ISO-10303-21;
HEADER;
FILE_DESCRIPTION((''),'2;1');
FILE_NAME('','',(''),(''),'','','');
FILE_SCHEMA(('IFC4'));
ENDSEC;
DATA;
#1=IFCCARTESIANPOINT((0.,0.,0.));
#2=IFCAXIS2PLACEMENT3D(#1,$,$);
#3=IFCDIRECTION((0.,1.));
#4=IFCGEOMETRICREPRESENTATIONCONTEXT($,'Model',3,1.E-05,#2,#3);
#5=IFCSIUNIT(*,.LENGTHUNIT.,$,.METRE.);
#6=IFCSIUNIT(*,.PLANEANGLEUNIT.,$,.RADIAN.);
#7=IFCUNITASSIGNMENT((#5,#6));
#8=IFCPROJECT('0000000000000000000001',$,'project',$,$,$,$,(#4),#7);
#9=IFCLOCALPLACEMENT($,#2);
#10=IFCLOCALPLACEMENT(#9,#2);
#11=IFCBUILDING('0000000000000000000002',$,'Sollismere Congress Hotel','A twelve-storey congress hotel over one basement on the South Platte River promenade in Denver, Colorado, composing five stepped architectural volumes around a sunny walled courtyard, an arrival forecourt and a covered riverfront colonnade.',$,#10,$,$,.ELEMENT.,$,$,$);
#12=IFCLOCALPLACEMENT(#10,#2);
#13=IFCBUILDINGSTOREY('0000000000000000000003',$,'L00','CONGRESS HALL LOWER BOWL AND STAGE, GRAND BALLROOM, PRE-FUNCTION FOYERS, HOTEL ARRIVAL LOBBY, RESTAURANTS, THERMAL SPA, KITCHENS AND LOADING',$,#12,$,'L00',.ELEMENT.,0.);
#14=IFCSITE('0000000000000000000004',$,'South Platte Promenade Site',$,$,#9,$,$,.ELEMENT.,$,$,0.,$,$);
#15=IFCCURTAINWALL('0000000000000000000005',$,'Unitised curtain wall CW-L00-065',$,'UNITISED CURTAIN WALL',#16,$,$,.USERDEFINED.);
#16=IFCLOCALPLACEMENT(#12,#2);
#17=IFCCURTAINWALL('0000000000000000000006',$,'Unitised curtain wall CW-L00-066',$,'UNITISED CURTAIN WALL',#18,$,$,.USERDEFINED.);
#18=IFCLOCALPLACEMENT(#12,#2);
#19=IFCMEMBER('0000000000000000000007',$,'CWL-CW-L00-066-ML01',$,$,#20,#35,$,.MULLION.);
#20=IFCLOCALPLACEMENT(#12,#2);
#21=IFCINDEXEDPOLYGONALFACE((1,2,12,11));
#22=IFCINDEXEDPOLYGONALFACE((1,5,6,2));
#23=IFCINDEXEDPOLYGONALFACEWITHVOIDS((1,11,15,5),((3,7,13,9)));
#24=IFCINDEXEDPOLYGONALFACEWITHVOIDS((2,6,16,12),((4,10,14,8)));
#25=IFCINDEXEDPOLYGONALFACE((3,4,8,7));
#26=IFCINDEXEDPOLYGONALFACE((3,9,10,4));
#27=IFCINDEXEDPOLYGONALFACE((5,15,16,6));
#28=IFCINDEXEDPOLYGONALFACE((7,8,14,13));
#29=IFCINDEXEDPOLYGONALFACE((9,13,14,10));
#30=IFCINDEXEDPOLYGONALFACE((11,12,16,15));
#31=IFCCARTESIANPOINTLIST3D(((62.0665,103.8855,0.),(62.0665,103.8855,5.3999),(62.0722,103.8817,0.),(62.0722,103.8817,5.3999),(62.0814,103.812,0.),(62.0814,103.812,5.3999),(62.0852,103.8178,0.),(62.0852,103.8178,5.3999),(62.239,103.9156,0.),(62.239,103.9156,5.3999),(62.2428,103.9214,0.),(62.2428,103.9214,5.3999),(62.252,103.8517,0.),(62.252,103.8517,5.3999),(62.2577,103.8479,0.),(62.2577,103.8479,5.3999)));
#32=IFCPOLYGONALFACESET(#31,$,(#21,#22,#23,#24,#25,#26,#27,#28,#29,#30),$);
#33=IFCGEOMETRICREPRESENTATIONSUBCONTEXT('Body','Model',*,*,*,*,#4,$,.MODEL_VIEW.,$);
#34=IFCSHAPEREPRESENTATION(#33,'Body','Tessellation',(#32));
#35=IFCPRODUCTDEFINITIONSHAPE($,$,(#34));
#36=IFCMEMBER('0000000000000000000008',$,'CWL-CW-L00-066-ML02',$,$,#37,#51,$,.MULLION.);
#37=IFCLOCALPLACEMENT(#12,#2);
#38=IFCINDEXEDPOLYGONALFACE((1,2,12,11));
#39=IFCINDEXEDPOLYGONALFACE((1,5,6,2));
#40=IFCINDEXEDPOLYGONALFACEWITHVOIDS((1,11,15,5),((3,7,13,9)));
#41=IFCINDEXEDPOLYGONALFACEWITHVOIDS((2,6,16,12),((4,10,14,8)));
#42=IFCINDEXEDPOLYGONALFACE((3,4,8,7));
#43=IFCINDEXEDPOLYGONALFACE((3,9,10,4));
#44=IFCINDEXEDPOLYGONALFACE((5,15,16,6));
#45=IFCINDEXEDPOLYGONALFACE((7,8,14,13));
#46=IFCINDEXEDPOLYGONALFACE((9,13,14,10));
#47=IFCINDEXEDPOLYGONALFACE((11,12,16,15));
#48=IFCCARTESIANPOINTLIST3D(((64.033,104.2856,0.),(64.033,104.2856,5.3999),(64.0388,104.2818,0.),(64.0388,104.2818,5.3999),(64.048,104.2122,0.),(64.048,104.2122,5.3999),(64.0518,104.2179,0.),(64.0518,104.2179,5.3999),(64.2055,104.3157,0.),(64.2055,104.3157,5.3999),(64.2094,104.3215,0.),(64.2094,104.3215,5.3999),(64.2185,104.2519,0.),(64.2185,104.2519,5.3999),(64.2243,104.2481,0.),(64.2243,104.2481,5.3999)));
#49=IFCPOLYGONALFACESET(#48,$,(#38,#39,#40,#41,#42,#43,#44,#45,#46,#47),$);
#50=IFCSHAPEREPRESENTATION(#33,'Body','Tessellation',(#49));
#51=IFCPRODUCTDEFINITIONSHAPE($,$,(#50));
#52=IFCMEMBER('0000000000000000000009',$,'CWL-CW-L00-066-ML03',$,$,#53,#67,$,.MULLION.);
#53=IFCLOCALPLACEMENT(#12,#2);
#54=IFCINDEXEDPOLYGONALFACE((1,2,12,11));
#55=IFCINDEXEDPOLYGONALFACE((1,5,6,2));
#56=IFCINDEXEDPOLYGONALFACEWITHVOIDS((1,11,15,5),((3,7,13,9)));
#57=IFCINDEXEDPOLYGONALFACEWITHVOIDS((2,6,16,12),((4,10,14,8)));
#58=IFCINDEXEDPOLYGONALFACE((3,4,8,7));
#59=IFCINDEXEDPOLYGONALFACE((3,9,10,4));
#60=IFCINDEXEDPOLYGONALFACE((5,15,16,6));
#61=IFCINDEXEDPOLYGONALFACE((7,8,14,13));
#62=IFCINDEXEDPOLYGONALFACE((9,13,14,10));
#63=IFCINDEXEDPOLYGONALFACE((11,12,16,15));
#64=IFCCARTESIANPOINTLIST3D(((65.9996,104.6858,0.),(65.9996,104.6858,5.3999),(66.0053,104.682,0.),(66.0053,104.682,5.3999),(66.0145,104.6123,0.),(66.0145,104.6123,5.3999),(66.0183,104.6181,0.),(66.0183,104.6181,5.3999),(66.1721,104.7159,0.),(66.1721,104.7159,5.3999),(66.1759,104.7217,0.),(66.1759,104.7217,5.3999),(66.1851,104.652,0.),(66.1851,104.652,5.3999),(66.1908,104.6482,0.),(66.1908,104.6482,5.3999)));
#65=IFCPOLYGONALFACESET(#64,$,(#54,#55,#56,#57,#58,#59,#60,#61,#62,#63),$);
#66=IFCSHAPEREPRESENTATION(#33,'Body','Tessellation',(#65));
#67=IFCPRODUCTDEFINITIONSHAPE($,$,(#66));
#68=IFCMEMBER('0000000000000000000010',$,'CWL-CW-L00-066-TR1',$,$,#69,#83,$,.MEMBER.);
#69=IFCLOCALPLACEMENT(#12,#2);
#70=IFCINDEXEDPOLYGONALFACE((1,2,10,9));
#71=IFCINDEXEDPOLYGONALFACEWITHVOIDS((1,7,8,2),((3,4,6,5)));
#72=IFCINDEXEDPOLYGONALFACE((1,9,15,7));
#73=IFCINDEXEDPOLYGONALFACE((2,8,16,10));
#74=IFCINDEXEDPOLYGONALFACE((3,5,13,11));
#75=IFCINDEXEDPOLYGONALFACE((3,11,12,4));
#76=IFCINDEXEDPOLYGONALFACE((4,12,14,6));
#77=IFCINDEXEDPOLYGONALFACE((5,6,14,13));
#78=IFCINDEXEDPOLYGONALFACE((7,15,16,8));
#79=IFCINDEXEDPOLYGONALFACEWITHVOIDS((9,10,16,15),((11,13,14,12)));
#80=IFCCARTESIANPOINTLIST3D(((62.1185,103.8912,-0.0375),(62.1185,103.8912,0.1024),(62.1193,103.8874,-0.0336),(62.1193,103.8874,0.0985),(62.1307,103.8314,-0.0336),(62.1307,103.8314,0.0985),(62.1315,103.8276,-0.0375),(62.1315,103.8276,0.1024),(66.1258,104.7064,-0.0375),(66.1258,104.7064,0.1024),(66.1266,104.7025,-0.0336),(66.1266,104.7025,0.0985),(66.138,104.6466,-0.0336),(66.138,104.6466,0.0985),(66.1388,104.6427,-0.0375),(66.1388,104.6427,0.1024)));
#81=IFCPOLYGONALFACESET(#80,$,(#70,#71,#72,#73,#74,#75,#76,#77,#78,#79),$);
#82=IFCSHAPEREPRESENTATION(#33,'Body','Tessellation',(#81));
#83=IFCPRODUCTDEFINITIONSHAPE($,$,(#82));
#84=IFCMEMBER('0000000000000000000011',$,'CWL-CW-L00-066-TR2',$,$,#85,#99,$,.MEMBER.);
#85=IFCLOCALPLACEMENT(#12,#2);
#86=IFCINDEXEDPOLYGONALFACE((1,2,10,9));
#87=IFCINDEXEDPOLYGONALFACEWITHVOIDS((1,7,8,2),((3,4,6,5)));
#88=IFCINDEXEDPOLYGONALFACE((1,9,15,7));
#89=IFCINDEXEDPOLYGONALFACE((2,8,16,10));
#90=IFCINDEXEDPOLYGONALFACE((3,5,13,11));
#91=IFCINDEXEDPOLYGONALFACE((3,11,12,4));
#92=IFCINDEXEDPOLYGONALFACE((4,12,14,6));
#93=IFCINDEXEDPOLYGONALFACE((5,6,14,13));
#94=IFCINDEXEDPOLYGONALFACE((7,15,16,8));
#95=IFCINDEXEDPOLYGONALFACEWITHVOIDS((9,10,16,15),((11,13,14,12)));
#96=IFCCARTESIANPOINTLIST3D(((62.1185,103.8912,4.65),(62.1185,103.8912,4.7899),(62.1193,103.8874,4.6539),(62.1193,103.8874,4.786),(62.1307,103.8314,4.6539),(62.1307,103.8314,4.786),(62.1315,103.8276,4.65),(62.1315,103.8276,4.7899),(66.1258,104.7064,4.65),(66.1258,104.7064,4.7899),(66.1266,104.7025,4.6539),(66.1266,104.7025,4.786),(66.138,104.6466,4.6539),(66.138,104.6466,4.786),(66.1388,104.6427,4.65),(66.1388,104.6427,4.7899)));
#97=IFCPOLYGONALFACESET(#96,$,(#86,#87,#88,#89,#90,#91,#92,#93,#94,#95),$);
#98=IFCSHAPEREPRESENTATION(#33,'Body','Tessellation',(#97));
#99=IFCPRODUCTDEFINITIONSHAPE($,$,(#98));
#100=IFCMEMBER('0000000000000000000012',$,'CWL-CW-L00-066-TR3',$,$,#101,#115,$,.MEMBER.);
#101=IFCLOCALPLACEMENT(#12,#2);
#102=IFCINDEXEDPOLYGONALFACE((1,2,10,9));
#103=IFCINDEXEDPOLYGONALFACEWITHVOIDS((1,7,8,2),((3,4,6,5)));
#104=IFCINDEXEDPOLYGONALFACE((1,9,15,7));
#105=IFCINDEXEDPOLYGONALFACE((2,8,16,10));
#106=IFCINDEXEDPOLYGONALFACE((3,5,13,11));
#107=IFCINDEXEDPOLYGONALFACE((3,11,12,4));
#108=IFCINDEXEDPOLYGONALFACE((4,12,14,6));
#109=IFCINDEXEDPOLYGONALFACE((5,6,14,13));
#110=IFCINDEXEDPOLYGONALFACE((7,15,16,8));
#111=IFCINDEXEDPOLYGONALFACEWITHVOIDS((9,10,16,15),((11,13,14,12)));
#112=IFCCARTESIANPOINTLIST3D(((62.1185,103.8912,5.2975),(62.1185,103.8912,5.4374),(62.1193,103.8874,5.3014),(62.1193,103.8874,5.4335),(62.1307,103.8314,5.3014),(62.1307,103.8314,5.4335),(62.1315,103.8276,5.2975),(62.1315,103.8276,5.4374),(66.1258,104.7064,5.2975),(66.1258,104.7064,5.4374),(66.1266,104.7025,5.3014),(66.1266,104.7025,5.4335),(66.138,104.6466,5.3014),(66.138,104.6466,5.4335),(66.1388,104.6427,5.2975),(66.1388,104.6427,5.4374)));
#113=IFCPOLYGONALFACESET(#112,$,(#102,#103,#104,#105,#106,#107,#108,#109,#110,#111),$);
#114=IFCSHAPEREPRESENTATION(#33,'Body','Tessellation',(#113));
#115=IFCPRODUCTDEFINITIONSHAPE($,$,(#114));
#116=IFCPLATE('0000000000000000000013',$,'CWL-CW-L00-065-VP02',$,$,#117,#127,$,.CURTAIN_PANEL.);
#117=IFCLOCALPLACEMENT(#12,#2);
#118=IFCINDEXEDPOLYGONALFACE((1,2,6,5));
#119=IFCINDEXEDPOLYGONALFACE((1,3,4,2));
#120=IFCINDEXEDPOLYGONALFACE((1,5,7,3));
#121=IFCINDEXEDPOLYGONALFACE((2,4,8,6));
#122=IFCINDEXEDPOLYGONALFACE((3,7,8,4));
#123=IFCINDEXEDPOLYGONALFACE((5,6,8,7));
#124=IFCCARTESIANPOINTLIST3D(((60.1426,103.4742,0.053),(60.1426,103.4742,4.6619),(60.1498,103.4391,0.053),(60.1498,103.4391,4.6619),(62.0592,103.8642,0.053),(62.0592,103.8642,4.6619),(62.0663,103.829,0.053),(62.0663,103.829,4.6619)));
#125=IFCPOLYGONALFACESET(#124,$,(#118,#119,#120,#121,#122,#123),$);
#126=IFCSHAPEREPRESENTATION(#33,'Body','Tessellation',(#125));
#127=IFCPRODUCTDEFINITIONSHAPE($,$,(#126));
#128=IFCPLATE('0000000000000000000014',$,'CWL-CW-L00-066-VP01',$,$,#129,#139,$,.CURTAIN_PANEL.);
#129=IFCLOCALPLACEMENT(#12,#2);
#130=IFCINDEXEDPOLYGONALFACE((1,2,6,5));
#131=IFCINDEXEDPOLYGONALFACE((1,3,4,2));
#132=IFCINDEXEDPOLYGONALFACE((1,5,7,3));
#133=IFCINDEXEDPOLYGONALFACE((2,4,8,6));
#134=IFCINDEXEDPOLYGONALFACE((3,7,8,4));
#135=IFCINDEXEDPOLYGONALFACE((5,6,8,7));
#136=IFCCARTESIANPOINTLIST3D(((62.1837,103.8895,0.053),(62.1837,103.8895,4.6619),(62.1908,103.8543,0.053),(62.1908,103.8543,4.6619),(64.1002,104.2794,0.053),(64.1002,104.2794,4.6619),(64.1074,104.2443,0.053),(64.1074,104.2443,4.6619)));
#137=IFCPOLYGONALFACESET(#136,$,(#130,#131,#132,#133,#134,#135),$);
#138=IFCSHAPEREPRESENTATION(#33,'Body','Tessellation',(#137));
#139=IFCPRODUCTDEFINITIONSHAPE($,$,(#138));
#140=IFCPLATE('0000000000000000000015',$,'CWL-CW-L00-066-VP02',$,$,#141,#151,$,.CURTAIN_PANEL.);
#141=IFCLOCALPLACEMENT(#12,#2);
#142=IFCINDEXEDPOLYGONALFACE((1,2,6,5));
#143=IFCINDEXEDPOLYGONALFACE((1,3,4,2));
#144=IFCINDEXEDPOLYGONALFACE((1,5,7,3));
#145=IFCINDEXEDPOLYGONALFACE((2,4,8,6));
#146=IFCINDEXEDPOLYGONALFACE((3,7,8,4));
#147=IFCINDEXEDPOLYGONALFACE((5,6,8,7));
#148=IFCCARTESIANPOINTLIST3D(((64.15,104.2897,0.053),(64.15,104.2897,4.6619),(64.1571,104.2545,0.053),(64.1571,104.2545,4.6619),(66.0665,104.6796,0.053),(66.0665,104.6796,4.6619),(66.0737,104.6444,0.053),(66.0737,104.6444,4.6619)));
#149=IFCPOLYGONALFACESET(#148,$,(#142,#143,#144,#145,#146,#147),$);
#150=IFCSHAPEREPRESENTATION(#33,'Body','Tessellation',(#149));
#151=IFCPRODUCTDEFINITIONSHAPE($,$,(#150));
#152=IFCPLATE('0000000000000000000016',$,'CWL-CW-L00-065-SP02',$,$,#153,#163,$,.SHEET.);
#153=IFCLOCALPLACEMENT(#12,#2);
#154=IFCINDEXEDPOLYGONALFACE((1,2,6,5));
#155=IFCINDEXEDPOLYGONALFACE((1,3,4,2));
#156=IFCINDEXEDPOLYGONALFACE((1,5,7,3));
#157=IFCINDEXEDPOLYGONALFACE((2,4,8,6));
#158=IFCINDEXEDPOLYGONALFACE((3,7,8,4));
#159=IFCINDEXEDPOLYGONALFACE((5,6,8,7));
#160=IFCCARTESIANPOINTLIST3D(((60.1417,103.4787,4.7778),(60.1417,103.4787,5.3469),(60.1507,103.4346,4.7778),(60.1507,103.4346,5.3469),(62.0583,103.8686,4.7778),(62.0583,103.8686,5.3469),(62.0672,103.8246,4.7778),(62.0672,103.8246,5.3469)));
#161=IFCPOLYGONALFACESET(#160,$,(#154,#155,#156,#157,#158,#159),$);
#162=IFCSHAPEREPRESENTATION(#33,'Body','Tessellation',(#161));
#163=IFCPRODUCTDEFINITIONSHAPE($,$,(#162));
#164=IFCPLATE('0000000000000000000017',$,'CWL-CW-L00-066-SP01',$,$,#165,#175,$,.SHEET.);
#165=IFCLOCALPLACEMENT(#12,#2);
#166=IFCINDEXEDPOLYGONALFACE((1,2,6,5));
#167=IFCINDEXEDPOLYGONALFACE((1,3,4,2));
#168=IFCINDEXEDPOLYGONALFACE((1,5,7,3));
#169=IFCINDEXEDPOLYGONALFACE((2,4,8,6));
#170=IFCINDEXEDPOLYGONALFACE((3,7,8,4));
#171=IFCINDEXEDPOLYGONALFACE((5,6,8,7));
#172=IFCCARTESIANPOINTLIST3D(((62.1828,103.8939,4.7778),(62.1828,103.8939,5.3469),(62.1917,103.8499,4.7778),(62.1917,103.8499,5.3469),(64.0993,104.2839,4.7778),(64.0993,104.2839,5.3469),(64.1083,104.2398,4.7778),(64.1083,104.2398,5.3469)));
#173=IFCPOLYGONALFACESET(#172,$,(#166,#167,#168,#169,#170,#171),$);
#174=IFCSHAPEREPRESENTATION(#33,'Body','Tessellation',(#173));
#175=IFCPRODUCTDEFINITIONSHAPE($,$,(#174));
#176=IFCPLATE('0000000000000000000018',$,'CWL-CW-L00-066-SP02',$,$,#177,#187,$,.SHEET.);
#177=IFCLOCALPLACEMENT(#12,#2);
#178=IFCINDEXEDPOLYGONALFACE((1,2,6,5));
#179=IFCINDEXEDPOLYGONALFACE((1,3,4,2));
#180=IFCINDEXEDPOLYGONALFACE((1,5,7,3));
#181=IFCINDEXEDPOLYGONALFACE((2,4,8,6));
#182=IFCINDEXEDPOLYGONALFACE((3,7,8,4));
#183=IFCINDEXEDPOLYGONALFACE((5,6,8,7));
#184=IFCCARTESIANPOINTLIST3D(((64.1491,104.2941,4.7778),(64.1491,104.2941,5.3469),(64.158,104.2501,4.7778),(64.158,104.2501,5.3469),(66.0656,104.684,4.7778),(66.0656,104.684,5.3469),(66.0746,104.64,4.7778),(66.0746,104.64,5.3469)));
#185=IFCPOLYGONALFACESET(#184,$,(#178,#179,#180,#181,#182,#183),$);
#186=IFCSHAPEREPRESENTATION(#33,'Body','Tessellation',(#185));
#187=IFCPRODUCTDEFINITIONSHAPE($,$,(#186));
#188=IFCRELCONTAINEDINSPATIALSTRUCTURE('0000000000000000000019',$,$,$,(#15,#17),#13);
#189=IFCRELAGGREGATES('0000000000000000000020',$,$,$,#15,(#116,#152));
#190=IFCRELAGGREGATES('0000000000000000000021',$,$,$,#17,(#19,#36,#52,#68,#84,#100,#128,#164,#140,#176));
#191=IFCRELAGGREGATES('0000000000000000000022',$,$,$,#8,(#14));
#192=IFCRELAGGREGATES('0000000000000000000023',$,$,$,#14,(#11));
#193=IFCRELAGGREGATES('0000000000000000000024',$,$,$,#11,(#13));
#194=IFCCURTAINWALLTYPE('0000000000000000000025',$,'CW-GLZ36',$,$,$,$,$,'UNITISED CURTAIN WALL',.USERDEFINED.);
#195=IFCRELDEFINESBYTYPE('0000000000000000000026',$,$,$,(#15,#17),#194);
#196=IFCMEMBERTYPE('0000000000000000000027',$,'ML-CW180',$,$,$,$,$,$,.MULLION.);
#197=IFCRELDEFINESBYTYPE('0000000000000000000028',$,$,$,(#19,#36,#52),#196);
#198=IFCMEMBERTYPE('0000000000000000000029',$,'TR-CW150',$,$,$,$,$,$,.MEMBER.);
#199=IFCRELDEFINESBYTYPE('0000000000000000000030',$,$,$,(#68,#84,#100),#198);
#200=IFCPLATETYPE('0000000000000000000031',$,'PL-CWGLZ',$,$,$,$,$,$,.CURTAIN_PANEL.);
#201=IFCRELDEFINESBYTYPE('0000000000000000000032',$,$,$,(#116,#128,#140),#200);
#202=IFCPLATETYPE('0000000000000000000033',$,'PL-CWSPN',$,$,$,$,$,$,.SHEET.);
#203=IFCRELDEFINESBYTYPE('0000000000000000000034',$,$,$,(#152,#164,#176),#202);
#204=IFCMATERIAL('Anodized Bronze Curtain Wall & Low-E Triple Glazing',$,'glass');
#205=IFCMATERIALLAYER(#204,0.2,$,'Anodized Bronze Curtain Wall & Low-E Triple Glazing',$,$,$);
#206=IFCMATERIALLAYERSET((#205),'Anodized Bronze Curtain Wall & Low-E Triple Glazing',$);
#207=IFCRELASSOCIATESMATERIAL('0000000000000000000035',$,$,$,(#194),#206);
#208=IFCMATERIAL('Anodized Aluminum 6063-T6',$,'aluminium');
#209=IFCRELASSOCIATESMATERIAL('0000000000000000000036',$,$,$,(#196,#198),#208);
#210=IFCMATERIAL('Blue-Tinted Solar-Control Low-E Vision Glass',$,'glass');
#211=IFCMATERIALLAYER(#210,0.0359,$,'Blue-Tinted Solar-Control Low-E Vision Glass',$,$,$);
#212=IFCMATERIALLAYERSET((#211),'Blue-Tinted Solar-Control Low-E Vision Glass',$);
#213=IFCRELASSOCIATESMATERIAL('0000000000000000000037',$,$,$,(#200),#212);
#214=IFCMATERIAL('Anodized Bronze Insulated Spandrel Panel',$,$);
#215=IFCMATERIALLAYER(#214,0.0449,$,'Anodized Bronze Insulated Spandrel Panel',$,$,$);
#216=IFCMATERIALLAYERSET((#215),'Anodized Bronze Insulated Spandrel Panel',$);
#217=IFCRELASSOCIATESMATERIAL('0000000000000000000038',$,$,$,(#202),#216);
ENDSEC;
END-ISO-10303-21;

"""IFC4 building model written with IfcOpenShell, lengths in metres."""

from ifc_helpers import new_model, si_unit, direction, frame, origin, origin_2d, place, context, subcontext, project, spatial, rectangle, hollow_rectangle, extrude, material, layer, layer_set, material_profile, profile_set, type_object, element, aggregate, save


model = new_model("IFC4")

# Units and contexts
model_context = context("Model", 3, precision=1e-05, world=origin(), true_north=direction((0.0, 1.0)))
body_context = subcontext(model_context, "Body", "Model", "MODEL_VIEW")
ifc_project = project(units=[si_unit("LENGTHUNIT", "METRE"), si_unit("PLANEANGLEUNIT", "RADIAN")], contexts=[model_context])

# Site, building, storey
site_placement = place(None, origin())
site = spatial("IfcSite", under=ifc_project, at=site_placement, Name="South Platte Promenade Site", CompositionType="ELEMENT", RefElevation=0.0)
building_placement = place(site_placement, origin())
building = spatial("IfcBuilding", under=site, at=building_placement, Name="Sollismere Congress Hotel", Description="A twelve-storey congress hotel over one basement on the South Platte River promenade in Denver, Colorado, composing five stepped architectural volumes around a sunny walled courtyard, an arrival forecourt and a covered riverfront colonnade.", CompositionType="ELEMENT")
storey_placement = place(building_placement, origin())
storey = spatial("IfcBuildingStorey", under=building, at=storey_placement, Name="L00", Description="CONGRESS HALL LOWER BOWL AND STAGE, GRAND BALLROOM, PRE-FUNCTION FOYERS, HOTEL ARRIVAL LOBBY, RESTAURANTS, THERMAL SPA, KITCHENS AND LOADING", LongName="L00", CompositionType="ELEMENT", Elevation=0.0)

# Curtain wall
ifc_material_1 = material(Name="Anodized Bronze Curtain Wall & Low-E Triple Glazing", Category="glass")
ifc_layer_1 = layer(ifc_material_1, 0.2, Name="Anodized Bronze Curtain Wall & Low-E Triple Glazing")
ifc_layer_set_1 = layer_set([ifc_layer_1], Name="Anodized Bronze Curtain Wall & Low-E Triple Glazing")
curtain_wall_type = type_object("IfcCurtainWallType", Name="CW-GLZ36", ElementType="UNITISED CURTAIN WALL", PredefinedType="USERDEFINED", material=ifc_layer_set_1)
curtain_wall_1_placement = place(storey_placement, origin())
curtain_wall_1 = element("IfcCurtainWall", 1, at=curtain_wall_1_placement, inside=storey, type_object=curtain_wall_type, Name="Unitised curtain wall CW-L00-065", ObjectType="UNITISED CURTAIN WALL", PredefinedType="USERDEFINED")
ifc_material_2 = material(Name="Anodized Aluminum 6063-T6", Category="aluminium")
ifc_material_profile_1 = material_profile(ifc_material_2, hollow_rectangle(XDim=0.075, YDim=0.1799, WallThickness=0.0049, at=origin_2d()), Name="ALU180X75X5")
ifc_profile_set_1 = profile_set([ifc_material_profile_1], Name="Anodized Aluminum 6063-T6")
member_type_1 = type_object("IfcMemberType", Name="ML-CW180", PredefinedType="MULLION", material=ifc_profile_set_1)

# Curtain wall, members
curtain_wall_2_placement = place(storey_placement, origin())
curtain_wall_2 = element("IfcCurtainWall", 2, at=curtain_wall_2_placement, inside=storey, type_object=curtain_wall_type, Name="Unitised curtain wall CW-L00-066", ObjectType="UNITISED CURTAIN WALL", PredefinedType="USERDEFINED")
member_1_placement = place(storey_placement, frame((62.1621, 103.8667, 0.0), z_axis=(0.0, 0.0, 1.0), x_axis=(-0.199368, 0.979925, 0.0)))
member_1 = element("IfcMember", 3, at=member_1_placement, type_object=member_type_1, Name="CWL-CW-L00-066-ML01", PredefinedType="MULLION", context=body_context, shape_type="SweptSolid", body=[
    extrude(hollow_rectangle(XDim=0.075, YDim=0.1799, WallThickness=0.0049, at=origin_2d()), origin(), (0.0, 0.0, 1.0), 5.3999),
])
member_2_placement = place(storey_placement, frame((64.1287, 104.2668, 0.0), z_axis=(0.0, 0.0, 1.0), x_axis=(-0.199368, 0.979925, 0.0)))
member_2 = element("IfcMember", 4, at=member_2_placement, type_object=member_type_1, Name="CWL-CW-L00-066-ML02", PredefinedType="MULLION", context=body_context, shape_type="SweptSolid", body=[
    extrude(hollow_rectangle(XDim=0.075, YDim=0.1799, WallThickness=0.0049, at=origin_2d()), origin(), (0.0, 0.0, 1.0), 5.3999),
])
member_3_placement = place(storey_placement, frame((66.0952, 104.667, 0.0), z_axis=(0.0, 0.0, 1.0), x_axis=(-0.199368, 0.979925, 0.0)))
member_3 = element("IfcMember", 5, at=member_3_placement, type_object=member_type_1, Name="CWL-CW-L00-066-ML03", PredefinedType="MULLION", context=body_context, shape_type="SweptSolid", body=[
    extrude(hollow_rectangle(XDim=0.075, YDim=0.1799, WallThickness=0.0049, at=origin_2d()), origin(), (0.0, 0.0, 1.0), 5.3999),
])
ifc_material_profile_2 = material_profile(ifc_material_2, hollow_rectangle(XDim=0.0649, YDim=0.1399, WallThickness=0.0039, at=origin_2d()), Name="ALU140X65X4")
ifc_profile_set_2 = profile_set([ifc_material_profile_2], Name="Anodized Aluminum 6063-T6")
member_type_2 = type_object("IfcMemberType", Name="TR-CW150", PredefinedType="MEMBER", material=ifc_profile_set_2)
member_4_placement = place(storey_placement, frame((62.125, 103.8594, 0.0325), z_axis=(0.97993, 0.199341, 0.0), x_axis=(-0.199341, 0.97993, 0.0)))
member_4 = element("IfcMember", 6, at=member_4_placement, type_object=member_type_2, Name="CWL-CW-L00-066-TR1", PredefinedType="MEMBER", context=body_context, shape_type="SweptSolid", body=[
    extrude(hollow_rectangle(XDim=0.0649, YDim=0.1399, WallThickness=0.0039, at=origin_2d()), origin(), (0.0, 0.0, 1.0), 4.0894),
])
member_5_placement = place(storey_placement, frame((62.125, 103.8594, 4.72), z_axis=(0.97993, 0.199341, 0.0), x_axis=(-0.199341, 0.97993, 0.0)))
member_5 = element("IfcMember", 7, at=member_5_placement, type_object=member_type_2, Name="CWL-CW-L00-066-TR2", PredefinedType="MEMBER", context=body_context, shape_type="SweptSolid", body=[
    extrude(hollow_rectangle(XDim=0.0649, YDim=0.1399, WallThickness=0.0039, at=origin_2d()), origin(), (0.0, 0.0, 1.0), 4.0894),
])
member_6_placement = place(storey_placement, frame((62.125, 103.8594, 5.3674), z_axis=(0.97993, 0.199341, 0.0), x_axis=(-0.199341, 0.97993, 0.0)))
member_6 = element("IfcMember", 8, at=member_6_placement, type_object=member_type_2, Name="CWL-CW-L00-066-TR3", PredefinedType="MEMBER", context=body_context, shape_type="SweptSolid", body=[
    extrude(hollow_rectangle(XDim=0.0649, YDim=0.1399, WallThickness=0.0039, at=origin_2d()), origin(), (0.0, 0.0, 1.0), 4.0894),
])

# Plates
ifc_material_3 = material(Name="Blue-Tinted Solar-Control Low-E Vision Glass", Category="glass")
ifc_layer_2 = layer(ifc_material_3, 0.0359, Name="Blue-Tinted Solar-Control Low-E Vision Glass")
ifc_layer_set_2 = layer_set([ifc_layer_2], Name="Blue-Tinted Solar-Control Low-E Vision Glass")
plate_type_1 = type_object("IfcPlateType", Name="PL-CWGLZ", PredefinedType="CURTAIN_PANEL", material=ifc_layer_set_2)
plate_1_placement = place(storey_placement, frame((61.1045, 103.6516, 0.053), z_axis=(0.0, 0.0, 1.0), x_axis=(0.979925, 0.199368, 0.0)))
plate_1 = element("IfcPlate", 9, at=plate_1_placement, type_object=plate_type_1, Name="CWL-CW-L00-065-VP02", PredefinedType="CURTAIN_PANEL", context=body_context, shape_type="SweptSolid", body=[
    extrude(rectangle(XDim=1.9558, YDim=0.0359, at=origin_2d()), origin(), (0.0, 0.0, 1.0), 4.6089),
])
plate_2_placement = place(storey_placement, frame((63.1455, 104.0669, 0.053), z_axis=(0.0, 0.0, 1.0), x_axis=(0.979925, 0.199368, 0.0)))
plate_2 = element("IfcPlate", 10, at=plate_2_placement, type_object=plate_type_1, Name="CWL-CW-L00-066-VP01", PredefinedType="CURTAIN_PANEL", context=body_context, shape_type="SweptSolid", body=[
    extrude(rectangle(XDim=1.9558, YDim=0.0359, at=origin_2d()), origin(), (0.0, 0.0, 1.0), 4.6089),
])
plate_3_placement = place(storey_placement, frame((65.1118, 104.467, 0.053), z_axis=(0.0, 0.0, 1.0), x_axis=(0.979925, 0.199368, 0.0)))
plate_3 = element("IfcPlate", 11, at=plate_3_placement, type_object=plate_type_1, Name="CWL-CW-L00-066-VP02", PredefinedType="CURTAIN_PANEL", context=body_context, shape_type="SweptSolid", body=[
    extrude(rectangle(XDim=1.9558, YDim=0.0359, at=origin_2d()), origin(), (0.0, 0.0, 1.0), 4.6089),
])
ifc_material_4 = material(Name="Anodized Bronze Insulated Spandrel Panel")
ifc_layer_3 = layer(ifc_material_4, 0.0449, Name="Anodized Bronze Insulated Spandrel Panel")
ifc_layer_set_3 = layer_set([ifc_layer_3], Name="Anodized Bronze Insulated Spandrel Panel")
plate_type_2 = type_object("IfcPlateType", Name="PL-CWSPN", PredefinedType="SHEET", material=ifc_layer_set_3)
plate_4_placement = place(storey_placement, frame((61.1045, 103.6516, 4.7778), z_axis=(0.0, 0.0, 1.0), x_axis=(0.979925, 0.199368, 0.0)))
plate_4 = element("IfcPlate", 12, at=plate_4_placement, type_object=plate_type_2, Name="CWL-CW-L00-065-SP02", PredefinedType="SHEET", context=body_context, shape_type="SweptSolid", body=[
    extrude(rectangle(XDim=1.9558, YDim=0.0449, at=origin_2d()), origin(), (0.0, 0.0, 1.0), 0.5691),
])
aggregate(curtain_wall_1, [plate_1, plate_4])
plate_5_placement = place(storey_placement, frame((63.1455, 104.0669, 4.7778), z_axis=(0.0, 0.0, 1.0), x_axis=(0.979925, 0.199368, 0.0)))
plate_5 = element("IfcPlate", 13, at=plate_5_placement, type_object=plate_type_2, Name="CWL-CW-L00-066-SP01", PredefinedType="SHEET", context=body_context, shape_type="SweptSolid", body=[
    extrude(rectangle(XDim=1.9558, YDim=0.0449, at=origin_2d()), origin(), (0.0, 0.0, 1.0), 0.5691),
])
plate_6_placement = place(storey_placement, frame((65.1118, 104.467, 4.7778), z_axis=(0.0, 0.0, 1.0), x_axis=(0.979925, 0.199368, 0.0)))
plate_6 = element("IfcPlate", 14, at=plate_6_placement, type_object=plate_type_2, Name="CWL-CW-L00-066-SP02", PredefinedType="SHEET", context=body_context, shape_type="SweptSolid", body=[
    extrude(rectangle(XDim=1.9558, YDim=0.0449, at=origin_2d()), origin(), (0.0, 0.0, 1.0), 0.5691),
])
aggregate(curtain_wall_2, [member_1, member_2, member_3, member_4, member_5, member_6, plate_2, plate_5, plate_3, plate_6])

save(model, "model.ifc")
